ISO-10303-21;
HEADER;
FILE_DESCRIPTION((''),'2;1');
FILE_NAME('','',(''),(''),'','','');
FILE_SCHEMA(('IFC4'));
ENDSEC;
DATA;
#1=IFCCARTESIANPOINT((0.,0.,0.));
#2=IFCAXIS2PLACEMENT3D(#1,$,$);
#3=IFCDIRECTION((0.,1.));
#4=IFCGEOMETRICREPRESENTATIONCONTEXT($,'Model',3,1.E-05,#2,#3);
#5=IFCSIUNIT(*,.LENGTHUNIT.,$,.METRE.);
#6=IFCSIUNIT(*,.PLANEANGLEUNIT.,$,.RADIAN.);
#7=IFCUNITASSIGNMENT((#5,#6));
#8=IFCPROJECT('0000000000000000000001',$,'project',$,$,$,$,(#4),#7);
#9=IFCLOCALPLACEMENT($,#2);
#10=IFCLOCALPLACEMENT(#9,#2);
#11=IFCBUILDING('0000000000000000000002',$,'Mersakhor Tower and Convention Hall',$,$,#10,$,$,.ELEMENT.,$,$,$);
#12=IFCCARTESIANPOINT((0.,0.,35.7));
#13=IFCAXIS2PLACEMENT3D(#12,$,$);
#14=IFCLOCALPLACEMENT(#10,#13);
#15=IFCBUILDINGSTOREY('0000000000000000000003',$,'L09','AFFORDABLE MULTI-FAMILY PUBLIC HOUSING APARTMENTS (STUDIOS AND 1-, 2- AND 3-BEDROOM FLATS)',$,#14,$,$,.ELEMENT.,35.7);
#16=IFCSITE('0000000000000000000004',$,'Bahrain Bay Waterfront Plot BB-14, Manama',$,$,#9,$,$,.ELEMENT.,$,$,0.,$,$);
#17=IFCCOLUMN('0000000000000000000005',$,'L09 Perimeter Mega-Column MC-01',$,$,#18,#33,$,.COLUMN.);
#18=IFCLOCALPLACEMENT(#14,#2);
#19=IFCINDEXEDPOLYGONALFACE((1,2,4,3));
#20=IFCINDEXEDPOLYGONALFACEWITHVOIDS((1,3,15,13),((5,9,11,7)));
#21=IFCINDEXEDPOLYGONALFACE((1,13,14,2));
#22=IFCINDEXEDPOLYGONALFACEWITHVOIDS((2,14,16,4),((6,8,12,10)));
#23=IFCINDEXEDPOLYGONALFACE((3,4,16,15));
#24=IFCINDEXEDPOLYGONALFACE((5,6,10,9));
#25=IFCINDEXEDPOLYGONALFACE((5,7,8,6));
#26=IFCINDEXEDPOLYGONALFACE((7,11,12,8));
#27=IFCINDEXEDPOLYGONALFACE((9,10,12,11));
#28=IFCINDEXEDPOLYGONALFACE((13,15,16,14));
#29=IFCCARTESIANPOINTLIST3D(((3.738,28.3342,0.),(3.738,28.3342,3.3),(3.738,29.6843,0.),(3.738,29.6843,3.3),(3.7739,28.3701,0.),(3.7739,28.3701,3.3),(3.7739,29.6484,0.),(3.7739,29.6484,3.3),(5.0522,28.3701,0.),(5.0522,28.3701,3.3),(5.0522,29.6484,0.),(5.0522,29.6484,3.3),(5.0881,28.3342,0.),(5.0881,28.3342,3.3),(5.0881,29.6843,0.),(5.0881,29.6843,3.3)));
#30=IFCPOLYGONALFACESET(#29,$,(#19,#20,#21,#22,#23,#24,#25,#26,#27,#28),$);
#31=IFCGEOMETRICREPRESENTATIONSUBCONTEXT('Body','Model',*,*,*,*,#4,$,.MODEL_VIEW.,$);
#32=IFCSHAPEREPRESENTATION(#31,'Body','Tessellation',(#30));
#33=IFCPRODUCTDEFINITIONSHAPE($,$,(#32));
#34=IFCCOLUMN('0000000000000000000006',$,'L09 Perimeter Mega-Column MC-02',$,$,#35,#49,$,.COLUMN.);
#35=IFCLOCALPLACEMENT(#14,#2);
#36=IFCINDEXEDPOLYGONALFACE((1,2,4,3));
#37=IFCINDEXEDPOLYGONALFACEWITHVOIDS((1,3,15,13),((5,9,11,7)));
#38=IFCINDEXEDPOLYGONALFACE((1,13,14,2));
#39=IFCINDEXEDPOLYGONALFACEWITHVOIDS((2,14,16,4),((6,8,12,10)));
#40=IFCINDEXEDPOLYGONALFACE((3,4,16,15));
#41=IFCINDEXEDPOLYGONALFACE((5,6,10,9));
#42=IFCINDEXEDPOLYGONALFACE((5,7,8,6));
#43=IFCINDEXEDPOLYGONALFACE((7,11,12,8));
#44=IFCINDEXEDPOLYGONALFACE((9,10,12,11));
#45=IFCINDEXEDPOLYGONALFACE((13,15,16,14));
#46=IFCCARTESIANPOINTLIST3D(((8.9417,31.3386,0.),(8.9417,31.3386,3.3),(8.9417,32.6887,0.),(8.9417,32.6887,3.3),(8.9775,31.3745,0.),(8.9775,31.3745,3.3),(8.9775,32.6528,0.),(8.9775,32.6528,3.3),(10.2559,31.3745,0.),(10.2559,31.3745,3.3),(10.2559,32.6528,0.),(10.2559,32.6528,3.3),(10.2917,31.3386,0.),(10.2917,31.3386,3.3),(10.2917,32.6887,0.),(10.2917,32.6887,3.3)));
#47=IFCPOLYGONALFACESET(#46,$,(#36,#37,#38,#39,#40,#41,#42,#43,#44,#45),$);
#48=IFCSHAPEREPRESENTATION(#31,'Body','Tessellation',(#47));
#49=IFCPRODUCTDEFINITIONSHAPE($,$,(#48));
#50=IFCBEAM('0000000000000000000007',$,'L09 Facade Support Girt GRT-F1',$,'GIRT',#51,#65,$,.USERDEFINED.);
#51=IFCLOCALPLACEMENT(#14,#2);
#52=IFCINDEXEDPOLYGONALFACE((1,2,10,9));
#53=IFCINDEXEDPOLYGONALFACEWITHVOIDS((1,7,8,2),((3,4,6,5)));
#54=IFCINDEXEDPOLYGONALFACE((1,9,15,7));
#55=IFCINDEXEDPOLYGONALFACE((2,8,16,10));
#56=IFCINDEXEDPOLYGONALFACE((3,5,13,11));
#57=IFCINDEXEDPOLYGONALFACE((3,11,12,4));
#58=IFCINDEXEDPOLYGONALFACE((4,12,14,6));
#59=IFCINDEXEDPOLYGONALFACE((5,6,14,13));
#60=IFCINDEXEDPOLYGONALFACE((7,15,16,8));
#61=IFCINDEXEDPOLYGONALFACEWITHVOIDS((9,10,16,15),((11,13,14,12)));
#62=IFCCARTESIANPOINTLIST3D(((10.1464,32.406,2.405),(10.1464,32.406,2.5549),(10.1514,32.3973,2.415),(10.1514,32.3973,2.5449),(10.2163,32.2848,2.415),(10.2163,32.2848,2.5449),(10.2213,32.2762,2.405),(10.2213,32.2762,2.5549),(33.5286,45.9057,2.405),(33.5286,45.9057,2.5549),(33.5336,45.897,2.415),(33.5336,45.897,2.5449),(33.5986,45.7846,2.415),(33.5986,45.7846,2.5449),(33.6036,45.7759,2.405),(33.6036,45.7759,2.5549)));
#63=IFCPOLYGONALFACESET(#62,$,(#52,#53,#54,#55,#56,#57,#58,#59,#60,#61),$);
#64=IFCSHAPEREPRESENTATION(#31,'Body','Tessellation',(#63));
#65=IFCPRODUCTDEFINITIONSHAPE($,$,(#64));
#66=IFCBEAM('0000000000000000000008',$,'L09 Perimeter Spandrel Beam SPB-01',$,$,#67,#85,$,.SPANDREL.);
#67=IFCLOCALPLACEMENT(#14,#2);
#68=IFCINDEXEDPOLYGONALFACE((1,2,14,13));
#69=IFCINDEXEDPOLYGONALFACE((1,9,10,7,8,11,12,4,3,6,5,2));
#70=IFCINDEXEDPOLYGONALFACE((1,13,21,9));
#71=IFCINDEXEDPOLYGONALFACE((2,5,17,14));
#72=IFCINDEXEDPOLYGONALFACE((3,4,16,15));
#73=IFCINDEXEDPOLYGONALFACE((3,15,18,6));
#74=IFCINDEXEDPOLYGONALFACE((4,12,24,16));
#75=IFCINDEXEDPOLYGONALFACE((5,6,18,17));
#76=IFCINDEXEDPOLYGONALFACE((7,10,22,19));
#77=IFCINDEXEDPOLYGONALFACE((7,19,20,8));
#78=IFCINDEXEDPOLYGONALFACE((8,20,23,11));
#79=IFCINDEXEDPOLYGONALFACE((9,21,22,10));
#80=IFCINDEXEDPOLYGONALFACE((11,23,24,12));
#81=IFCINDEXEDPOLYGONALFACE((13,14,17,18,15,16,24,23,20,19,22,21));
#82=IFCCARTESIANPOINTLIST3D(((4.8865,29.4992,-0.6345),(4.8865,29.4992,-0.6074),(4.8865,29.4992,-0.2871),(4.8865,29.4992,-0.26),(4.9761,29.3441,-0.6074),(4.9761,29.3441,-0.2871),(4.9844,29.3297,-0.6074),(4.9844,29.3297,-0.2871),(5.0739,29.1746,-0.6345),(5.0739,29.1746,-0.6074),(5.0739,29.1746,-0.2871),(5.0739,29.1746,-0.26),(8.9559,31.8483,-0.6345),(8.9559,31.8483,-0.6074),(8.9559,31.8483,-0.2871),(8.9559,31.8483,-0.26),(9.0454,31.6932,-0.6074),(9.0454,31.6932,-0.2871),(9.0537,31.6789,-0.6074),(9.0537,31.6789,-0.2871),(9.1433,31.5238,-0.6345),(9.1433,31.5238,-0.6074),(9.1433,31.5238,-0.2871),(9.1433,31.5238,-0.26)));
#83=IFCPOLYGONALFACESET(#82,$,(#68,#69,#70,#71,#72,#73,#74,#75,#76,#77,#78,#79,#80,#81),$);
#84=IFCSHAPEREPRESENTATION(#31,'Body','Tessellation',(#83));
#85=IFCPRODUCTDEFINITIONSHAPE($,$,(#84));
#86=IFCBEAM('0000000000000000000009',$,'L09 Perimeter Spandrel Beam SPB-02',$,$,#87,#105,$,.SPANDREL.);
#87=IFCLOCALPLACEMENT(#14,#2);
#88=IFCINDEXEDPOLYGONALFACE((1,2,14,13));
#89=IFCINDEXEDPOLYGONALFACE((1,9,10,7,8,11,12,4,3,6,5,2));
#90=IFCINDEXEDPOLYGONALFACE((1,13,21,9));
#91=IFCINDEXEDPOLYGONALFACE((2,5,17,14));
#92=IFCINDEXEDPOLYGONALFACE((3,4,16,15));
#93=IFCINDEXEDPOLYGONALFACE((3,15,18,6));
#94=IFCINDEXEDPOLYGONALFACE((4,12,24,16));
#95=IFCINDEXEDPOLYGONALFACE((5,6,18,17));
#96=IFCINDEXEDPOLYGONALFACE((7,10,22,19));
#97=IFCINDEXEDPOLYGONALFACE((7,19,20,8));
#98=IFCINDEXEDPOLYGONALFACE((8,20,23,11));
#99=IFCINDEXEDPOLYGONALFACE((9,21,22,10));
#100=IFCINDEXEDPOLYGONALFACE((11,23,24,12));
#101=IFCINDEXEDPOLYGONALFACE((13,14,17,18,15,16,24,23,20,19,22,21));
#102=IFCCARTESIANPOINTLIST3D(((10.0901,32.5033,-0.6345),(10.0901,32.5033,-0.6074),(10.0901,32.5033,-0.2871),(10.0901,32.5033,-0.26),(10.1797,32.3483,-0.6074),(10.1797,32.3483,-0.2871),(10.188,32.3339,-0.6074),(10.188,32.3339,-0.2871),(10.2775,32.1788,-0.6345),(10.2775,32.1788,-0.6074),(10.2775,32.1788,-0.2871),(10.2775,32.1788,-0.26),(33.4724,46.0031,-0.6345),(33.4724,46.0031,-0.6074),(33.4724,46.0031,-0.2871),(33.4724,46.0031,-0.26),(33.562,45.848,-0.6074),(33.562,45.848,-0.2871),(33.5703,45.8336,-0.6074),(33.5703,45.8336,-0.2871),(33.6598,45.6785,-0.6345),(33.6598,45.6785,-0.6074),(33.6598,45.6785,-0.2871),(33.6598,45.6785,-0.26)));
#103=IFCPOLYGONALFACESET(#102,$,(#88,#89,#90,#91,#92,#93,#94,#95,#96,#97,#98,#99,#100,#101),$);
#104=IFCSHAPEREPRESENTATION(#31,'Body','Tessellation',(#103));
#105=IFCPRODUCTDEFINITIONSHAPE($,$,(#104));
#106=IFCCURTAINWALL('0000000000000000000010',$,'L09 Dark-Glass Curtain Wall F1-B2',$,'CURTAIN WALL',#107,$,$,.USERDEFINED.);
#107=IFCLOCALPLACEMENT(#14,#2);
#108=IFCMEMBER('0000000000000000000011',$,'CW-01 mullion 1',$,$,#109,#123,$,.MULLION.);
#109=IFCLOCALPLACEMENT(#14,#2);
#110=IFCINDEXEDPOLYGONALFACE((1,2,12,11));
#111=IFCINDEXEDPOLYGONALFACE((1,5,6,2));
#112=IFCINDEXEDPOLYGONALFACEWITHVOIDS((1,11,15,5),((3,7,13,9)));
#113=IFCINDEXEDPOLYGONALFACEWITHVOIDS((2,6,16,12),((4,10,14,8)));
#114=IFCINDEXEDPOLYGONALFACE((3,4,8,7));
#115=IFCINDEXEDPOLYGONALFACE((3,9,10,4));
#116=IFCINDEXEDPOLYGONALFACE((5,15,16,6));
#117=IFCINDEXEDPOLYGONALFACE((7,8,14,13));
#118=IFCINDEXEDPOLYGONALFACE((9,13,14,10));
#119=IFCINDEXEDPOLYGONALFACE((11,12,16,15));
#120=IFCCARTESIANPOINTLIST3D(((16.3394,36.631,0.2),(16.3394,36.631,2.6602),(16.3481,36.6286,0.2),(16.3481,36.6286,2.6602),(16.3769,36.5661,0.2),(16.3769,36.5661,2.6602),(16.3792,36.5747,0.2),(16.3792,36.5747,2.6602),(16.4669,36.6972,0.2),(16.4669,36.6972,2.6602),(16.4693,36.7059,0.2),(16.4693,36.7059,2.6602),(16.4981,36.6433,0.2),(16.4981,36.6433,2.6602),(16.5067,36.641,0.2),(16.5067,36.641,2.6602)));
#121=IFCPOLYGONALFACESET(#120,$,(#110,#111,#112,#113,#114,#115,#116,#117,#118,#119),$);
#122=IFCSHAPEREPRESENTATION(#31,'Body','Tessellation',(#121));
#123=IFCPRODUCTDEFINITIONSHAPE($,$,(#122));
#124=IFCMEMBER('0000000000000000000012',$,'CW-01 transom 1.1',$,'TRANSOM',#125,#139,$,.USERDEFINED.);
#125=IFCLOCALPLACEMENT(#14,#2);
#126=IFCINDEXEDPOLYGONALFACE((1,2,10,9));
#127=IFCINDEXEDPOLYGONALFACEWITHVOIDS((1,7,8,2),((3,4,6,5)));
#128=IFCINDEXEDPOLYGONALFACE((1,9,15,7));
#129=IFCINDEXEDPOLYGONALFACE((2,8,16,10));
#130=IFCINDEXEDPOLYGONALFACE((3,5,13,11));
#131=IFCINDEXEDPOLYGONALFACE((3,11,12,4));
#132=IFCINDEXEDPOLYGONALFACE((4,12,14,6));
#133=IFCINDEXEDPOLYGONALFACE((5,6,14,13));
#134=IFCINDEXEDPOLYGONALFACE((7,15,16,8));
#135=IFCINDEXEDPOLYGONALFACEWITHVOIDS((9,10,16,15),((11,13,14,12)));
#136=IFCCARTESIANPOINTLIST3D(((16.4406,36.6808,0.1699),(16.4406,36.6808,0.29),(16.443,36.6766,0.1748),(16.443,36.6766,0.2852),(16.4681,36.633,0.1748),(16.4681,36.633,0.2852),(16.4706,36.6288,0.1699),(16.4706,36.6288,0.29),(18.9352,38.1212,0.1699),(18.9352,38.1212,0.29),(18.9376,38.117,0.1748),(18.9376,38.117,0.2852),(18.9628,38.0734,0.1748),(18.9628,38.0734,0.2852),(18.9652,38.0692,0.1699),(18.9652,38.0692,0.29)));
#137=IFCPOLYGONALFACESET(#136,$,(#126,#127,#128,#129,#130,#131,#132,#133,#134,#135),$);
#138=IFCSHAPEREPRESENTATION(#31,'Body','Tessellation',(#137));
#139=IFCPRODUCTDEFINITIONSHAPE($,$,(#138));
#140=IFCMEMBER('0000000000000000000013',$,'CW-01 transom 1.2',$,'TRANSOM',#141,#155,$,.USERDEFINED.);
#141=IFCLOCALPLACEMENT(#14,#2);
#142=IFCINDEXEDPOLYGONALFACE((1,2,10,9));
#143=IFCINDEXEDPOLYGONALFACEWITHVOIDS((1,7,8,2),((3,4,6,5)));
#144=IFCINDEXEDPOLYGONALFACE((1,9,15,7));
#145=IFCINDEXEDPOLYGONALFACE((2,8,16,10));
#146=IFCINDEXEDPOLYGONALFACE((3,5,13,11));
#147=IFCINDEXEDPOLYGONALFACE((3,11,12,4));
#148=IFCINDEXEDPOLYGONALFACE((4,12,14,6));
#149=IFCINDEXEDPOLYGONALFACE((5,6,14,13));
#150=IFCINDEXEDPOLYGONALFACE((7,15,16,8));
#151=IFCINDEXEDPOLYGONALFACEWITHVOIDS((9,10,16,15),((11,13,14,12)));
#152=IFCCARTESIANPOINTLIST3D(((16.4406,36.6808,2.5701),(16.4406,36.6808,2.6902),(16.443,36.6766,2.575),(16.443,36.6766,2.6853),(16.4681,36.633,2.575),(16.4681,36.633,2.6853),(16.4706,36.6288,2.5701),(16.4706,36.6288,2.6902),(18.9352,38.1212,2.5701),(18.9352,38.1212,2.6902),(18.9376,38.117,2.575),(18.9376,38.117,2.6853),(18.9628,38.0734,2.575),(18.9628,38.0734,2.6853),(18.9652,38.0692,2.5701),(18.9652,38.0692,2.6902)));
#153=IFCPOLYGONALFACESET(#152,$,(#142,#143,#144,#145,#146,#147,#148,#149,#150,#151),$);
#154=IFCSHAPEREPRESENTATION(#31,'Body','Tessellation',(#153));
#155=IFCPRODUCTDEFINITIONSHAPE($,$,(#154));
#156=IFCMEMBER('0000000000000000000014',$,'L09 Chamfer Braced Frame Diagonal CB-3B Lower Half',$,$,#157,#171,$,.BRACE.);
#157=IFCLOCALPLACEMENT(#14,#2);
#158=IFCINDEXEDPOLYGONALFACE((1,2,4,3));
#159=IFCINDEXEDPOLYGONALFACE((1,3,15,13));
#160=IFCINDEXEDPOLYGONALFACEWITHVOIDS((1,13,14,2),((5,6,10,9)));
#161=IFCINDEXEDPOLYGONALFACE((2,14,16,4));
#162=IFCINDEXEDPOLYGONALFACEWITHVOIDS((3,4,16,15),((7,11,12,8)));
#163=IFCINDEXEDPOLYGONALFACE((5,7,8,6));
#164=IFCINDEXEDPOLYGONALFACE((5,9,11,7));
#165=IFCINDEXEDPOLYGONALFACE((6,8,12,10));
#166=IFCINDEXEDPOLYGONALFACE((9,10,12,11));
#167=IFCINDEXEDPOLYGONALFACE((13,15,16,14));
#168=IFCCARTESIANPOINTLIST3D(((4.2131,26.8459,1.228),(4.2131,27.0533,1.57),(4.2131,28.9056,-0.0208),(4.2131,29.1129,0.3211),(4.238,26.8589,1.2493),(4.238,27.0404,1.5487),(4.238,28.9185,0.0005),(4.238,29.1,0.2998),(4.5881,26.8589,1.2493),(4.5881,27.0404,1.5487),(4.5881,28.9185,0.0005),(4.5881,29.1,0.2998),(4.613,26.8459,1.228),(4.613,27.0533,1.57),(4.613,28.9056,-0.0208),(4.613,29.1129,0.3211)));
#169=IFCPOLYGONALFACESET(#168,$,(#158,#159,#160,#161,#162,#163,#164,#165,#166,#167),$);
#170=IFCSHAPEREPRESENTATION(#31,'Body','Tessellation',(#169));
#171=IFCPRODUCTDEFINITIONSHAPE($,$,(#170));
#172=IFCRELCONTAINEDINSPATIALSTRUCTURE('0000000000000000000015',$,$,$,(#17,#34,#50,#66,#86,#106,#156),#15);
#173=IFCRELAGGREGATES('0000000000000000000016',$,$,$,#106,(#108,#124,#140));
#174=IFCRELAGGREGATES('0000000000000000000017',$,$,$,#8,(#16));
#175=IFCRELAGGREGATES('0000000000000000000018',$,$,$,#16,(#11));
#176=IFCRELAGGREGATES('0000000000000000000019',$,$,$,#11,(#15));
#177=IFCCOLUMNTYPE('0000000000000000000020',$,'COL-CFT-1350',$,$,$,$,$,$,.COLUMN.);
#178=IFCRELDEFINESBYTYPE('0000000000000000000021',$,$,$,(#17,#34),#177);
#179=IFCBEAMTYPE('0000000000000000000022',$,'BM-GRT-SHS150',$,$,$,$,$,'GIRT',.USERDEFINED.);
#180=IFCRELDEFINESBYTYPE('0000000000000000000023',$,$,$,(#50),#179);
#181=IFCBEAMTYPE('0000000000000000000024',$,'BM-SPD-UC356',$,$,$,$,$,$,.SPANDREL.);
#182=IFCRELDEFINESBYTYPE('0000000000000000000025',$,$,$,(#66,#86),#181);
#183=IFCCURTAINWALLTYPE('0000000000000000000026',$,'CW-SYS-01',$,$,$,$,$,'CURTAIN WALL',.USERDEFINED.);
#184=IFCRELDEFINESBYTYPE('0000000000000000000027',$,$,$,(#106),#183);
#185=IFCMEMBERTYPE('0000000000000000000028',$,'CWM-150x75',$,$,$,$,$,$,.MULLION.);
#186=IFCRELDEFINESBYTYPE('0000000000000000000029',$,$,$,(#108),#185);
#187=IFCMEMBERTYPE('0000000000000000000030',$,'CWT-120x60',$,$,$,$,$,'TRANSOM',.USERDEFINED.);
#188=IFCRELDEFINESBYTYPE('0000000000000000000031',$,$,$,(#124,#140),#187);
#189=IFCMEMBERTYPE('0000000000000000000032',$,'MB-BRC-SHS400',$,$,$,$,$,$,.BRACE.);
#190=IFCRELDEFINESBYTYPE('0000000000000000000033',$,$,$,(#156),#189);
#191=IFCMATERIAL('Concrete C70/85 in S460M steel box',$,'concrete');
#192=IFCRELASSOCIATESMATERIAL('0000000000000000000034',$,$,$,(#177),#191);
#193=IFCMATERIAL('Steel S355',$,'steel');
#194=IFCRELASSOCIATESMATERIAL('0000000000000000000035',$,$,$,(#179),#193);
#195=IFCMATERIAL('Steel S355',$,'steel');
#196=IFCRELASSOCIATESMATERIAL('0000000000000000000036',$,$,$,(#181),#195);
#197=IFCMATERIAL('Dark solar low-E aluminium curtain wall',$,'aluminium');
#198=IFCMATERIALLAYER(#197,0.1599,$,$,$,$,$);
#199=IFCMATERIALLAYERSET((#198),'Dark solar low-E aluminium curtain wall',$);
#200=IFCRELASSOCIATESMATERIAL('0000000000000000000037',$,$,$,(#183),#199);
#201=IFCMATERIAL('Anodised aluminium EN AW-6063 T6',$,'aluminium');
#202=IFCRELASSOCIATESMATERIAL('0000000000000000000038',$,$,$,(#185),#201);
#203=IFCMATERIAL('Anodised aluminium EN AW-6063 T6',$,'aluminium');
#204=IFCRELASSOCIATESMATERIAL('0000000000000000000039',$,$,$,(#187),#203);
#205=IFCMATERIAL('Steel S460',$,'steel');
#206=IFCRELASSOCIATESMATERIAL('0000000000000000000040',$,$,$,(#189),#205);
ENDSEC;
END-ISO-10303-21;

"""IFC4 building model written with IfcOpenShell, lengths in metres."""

from ifc_helpers import new_model, si_unit, direction, frame, origin, origin_2d, place, context, subcontext, project, spatial, hollow_rectangle, i_section, extrude, material, layer, layer_set, material_profile, profile_set, type_object, element, aggregate, save


model = new_model("IFC4")

# Units and contexts
model_context = context("Model", 3, precision=1e-05, world=origin(), true_north=direction((0.0, 1.0)))
body_context = subcontext(model_context, "Body", "Model", "MODEL_VIEW")
ifc_project = project(units=[si_unit("LENGTHUNIT", "METRE"), si_unit("PLANEANGLEUNIT", "RADIAN")], contexts=[model_context])

# Site, building, storey
site_placement = place(None, origin())
site = spatial("IfcSite", under=ifc_project, at=site_placement, Name="Bahrain Bay Waterfront Plot BB-14, Manama", CompositionType="ELEMENT", RefElevation=0.0)
building_placement = place(site_placement, origin())
building = spatial("IfcBuilding", under=site, at=building_placement, Name="Mersakhor Tower and Convention Hall", CompositionType="ELEMENT")
storey_placement = place(building_placement, frame((0.0, 0.0, 35.7)))
storey = spatial("IfcBuildingStorey", under=building, at=storey_placement, Name="L09", Description="AFFORDABLE MULTI-FAMILY PUBLIC HOUSING APARTMENTS (STUDIOS AND 1-, 2- AND 3-BEDROOM FLATS)", CompositionType="ELEMENT", Elevation=35.7)

# Columns
ifc_material_1 = material(Name="Concrete C70/85 in S460M steel box", Category="concrete")
ifc_material_profile_1 = material_profile(ifc_material_1, hollow_rectangle(XDim=1.3501, YDim=1.3501, WallThickness=0.0359, at=origin_2d()), Name="SHS 1350x1350x36")
ifc_profile_set_1 = profile_set([ifc_material_profile_1], Name="Concrete C70/85 in S460M steel box")
column_type = type_object("IfcColumnType", Name="COL-CFT-1350", PredefinedType="COLUMN", material=ifc_profile_set_1)
for number, where, z_axis, x_axis, name in (
    (1, (4.4131, 29.0093, 0.0), (0.0, 0.0, 1.0), (1.0, 0.0, 0.0), "L09 Perimeter Mega-Column MC-01"),
    (2, (9.6167, 32.0137, 0.0), (0.0, 0.0, 1.0), (1.0, 0.0, 0.0), "L09 Perimeter Mega-Column MC-02"),
):
    element("IfcColumn", number, at=place(storey_placement, frame(where, z_axis=z_axis, x_axis=x_axis)), inside=storey, type_object=column_type, Name=name, PredefinedType="COLUMN", context=body_context, shape_type="SweptSolid", body=[
        extrude(hollow_rectangle(XDim=1.3501, YDim=1.3501, WallThickness=0.0359, at=origin_2d()), origin(), (0.0, 0.0, 1.0), 3.3),
    ])

# Beams
ifc_material_2 = material(Name="Steel S355", Category="steel")
ifc_material_profile_2 = material_profile(ifc_material_2, hollow_rectangle(XDim=0.1499, YDim=0.1499, WallThickness=0.01, at=origin_2d()), Name="SHS 150x150x10")
ifc_profile_set_2 = profile_set([ifc_material_profile_2], Name="Steel S355")
beam_type_1 = type_object("IfcBeamType", Name="BM-GRT-SHS150", ElementType="GIRT", PredefinedType="USERDEFINED", material=ifc_profile_set_2)
beam_1_placement = place(storey_placement, frame((10.1838, 32.3411, 2.48), z_axis=(0.866026, 0.499999, 0.0), x_axis=(-0.499999, 0.866026, 0.0)))
element("IfcBeam", 3, at=beam_1_placement, inside=storey, type_object=beam_type_1, Name="L09 Facade Support Girt GRT-F1", ObjectType="GIRT", PredefinedType="USERDEFINED", context=body_context, shape_type="SweptSolid", body=[
    extrude(hollow_rectangle(XDim=0.1499, YDim=0.1499, WallThickness=0.01, at=origin_2d()), origin(), (0.0, 0.0, 1.0), 26.9995),
])
ifc_material_3 = material(Name="Steel S355", Category="steel")
ifc_material_profile_3 = material_profile(ifc_material_3, i_section(OverallWidth=0.3748, OverallDepth=0.3745, WebThickness=0.0166, FlangeThickness=0.0271, at=origin_2d()), Name="UC 356x368x202")
ifc_profile_set_3 = profile_set([ifc_material_profile_3], Name="Steel S355")
beam_type_2 = type_object("IfcBeamType", Name="BM-SPD-UC356", PredefinedType="SPANDREL", material=ifc_profile_set_3)
beam_2_placement = place(storey_placement, frame((4.9802, 29.3369, -0.4473), z_axis=(0.866054, 0.49995, 0.0), x_axis=(-0.49995, 0.866054, 0.0)))
element("IfcBeam", 4, at=beam_2_placement, inside=storey, type_object=beam_type_2, Name="L09 Perimeter Spandrel Beam SPB-01", PredefinedType="SPANDREL", context=body_context, shape_type="SweptSolid", body=[
    extrude(i_section(OverallWidth=0.3748, OverallDepth=0.3745, WebThickness=0.0166, FlangeThickness=0.0271, at=origin_2d()), origin(), (0.0, 0.0, 1.0), 4.6987),
])
beam_3_placement = place(storey_placement, frame((10.1838, 32.3411, -0.4473), z_axis=(0.866026, 0.499999, 0.0), x_axis=(-0.499999, 0.866026, 0.0)))
element("IfcBeam", 5, at=beam_3_placement, inside=storey, type_object=beam_type_2, Name="L09 Perimeter Spandrel Beam SPB-02", PredefinedType="SPANDREL", context=body_context, shape_type="SweptSolid", body=[
    extrude(i_section(OverallWidth=0.3748, OverallDepth=0.3745, WebThickness=0.0166, FlangeThickness=0.0271, at=origin_2d()), origin(), (0.0, 0.0, 1.0), 26.9995),
])

# Curtain wall, members
ifc_material_4 = material(Name="Dark solar low-E aluminium curtain wall", Category="aluminium")
ifc_layer_1 = layer(ifc_material_4, 0.1599)
ifc_layer_set_1 = layer_set([ifc_layer_1], Name="Dark solar low-E aluminium curtain wall")
curtain_wall_type = type_object("IfcCurtainWallType", Name="CW-SYS-01", ElementType="CURTAIN WALL", PredefinedType="USERDEFINED", material=ifc_layer_set_1)
curtain_wall_placement = place(storey_placement, origin())
curtain_wall = element("IfcCurtainWall", 6, at=curtain_wall_placement, inside=storey, type_object=curtain_wall_type, Name="L09 Dark-Glass Curtain Wall F1-B2", ObjectType="CURTAIN WALL", PredefinedType="USERDEFINED")
ifc_material_5 = material(Name="Anodised aluminium EN AW-6063 T6", Category="aluminium")
ifc_material_profile_4 = material_profile(ifc_material_5, hollow_rectangle(XDim=0.075, YDim=0.1499, WallThickness=0.0063, at=origin_2d()), Name="RHS 150x75x6.3")
ifc_profile_set_4 = profile_set([ifc_material_profile_4], Name="Anodised aluminium EN AW-6063 T6")
member_type_1 = type_object("IfcMemberType", Name="CWM-150x75", PredefinedType="MULLION", material=ifc_profile_set_4)
member_1_placement = place(storey_placement, frame((16.4231, 36.636, 0.2), z_axis=(0.0, 0.0, 1.0), x_axis=(-0.500003, 0.866023, 0.0)))
member_1 = element("IfcMember", 7, at=member_1_placement, type_object=member_type_1, Name="CW-01 mullion 1", PredefinedType="MULLION", context=body_context, shape_type="SweptSolid", body=[
    extrude(hollow_rectangle(XDim=0.075, YDim=0.1499, WallThickness=0.0063, at=origin_2d()), origin(), (0.0, 0.0, 1.0), 2.4602),
])
ifc_material_6 = material(Name="Anodised aluminium EN AW-6063 T6", Category="aluminium")
ifc_material_profile_5 = material_profile(ifc_material_6, hollow_rectangle(XDim=0.0601, YDim=0.1201, WallThickness=0.0049, at=origin_2d()), Name="RHS 120x60x5")
ifc_profile_set_5 = profile_set([ifc_material_profile_5], Name="Anodised aluminium EN AW-6063 T6")
member_type_2 = type_object("IfcMemberType", Name="CWT-120x60", ElementType="TRANSOM", PredefinedType="USERDEFINED", material=ifc_profile_set_5)
member_2_placement = place(storey_placement, frame((16.4556, 36.6548, 0.23), z_axis=(0.866002, 0.50004, 0.0), x_axis=(-0.50004, 0.866002, 0.0)))
member_2 = element("IfcMember", 8, at=member_2_placement, type_object=member_type_2, Name="CW-01 transom 1.1", ObjectType="TRANSOM", PredefinedType="USERDEFINED", context=body_context, shape_type="SweptSolid", body=[
    extrude(hollow_rectangle(XDim=0.0601, YDim=0.1201, WallThickness=0.0049, at=origin_2d()), origin(), (0.0, 0.0, 1.0), 2.8806),
])
member_3_placement = place(storey_placement, frame((16.4556, 36.6548, 2.6301), z_axis=(0.866002, 0.50004, 0.0), x_axis=(-0.50004, 0.866002, 0.0)))
member_3 = element("IfcMember", 9, at=member_3_placement, type_object=member_type_2, Name="CW-01 transom 1.2", ObjectType="TRANSOM", PredefinedType="USERDEFINED", context=body_context, shape_type="SweptSolid", body=[
    extrude(hollow_rectangle(XDim=0.0601, YDim=0.1201, WallThickness=0.0049, at=origin_2d()), origin(), (0.0, 0.0, 1.0), 2.8806),
])
aggregate(curtain_wall, [member_1, member_2, member_3])

# Member
ifc_material_7 = material(Name="Steel S460", Category="steel")
ifc_material_profile_6 = material_profile(ifc_material_7, hollow_rectangle(XDim=0.3999, YDim=0.3999, WallThickness=0.0249, at=origin_2d()), Name="SHS 400x400x25")
ifc_profile_set_6 = profile_set([ifc_material_profile_6], Name="Steel S460")
member_type_3 = type_object("IfcMemberType", Name="MB-BRC-SHS400", PredefinedType="BRACE", material=ifc_profile_set_6)
member_4_placement = place(storey_placement, frame((4.4131, 29.0093, 0.1501), z_axis=(0.0, -0.855096, 0.51847), x_axis=(1.0, 0.0, 0.0)))
element("IfcMember", 10, at=member_4_placement, inside=storey, type_object=member_type_3, Name="L09 Chamfer Braced Frame Diagonal CB-3B Lower Half", PredefinedType="BRACE", context=body_context, shape_type="SweptSolid", body=[
    extrude(hollow_rectangle(XDim=0.3999, YDim=0.3999, WallThickness=0.0249, at=origin_2d()), origin(), (0.0, 0.0, 1.0), 2.4087),
])

save(model, "model.ifc")
